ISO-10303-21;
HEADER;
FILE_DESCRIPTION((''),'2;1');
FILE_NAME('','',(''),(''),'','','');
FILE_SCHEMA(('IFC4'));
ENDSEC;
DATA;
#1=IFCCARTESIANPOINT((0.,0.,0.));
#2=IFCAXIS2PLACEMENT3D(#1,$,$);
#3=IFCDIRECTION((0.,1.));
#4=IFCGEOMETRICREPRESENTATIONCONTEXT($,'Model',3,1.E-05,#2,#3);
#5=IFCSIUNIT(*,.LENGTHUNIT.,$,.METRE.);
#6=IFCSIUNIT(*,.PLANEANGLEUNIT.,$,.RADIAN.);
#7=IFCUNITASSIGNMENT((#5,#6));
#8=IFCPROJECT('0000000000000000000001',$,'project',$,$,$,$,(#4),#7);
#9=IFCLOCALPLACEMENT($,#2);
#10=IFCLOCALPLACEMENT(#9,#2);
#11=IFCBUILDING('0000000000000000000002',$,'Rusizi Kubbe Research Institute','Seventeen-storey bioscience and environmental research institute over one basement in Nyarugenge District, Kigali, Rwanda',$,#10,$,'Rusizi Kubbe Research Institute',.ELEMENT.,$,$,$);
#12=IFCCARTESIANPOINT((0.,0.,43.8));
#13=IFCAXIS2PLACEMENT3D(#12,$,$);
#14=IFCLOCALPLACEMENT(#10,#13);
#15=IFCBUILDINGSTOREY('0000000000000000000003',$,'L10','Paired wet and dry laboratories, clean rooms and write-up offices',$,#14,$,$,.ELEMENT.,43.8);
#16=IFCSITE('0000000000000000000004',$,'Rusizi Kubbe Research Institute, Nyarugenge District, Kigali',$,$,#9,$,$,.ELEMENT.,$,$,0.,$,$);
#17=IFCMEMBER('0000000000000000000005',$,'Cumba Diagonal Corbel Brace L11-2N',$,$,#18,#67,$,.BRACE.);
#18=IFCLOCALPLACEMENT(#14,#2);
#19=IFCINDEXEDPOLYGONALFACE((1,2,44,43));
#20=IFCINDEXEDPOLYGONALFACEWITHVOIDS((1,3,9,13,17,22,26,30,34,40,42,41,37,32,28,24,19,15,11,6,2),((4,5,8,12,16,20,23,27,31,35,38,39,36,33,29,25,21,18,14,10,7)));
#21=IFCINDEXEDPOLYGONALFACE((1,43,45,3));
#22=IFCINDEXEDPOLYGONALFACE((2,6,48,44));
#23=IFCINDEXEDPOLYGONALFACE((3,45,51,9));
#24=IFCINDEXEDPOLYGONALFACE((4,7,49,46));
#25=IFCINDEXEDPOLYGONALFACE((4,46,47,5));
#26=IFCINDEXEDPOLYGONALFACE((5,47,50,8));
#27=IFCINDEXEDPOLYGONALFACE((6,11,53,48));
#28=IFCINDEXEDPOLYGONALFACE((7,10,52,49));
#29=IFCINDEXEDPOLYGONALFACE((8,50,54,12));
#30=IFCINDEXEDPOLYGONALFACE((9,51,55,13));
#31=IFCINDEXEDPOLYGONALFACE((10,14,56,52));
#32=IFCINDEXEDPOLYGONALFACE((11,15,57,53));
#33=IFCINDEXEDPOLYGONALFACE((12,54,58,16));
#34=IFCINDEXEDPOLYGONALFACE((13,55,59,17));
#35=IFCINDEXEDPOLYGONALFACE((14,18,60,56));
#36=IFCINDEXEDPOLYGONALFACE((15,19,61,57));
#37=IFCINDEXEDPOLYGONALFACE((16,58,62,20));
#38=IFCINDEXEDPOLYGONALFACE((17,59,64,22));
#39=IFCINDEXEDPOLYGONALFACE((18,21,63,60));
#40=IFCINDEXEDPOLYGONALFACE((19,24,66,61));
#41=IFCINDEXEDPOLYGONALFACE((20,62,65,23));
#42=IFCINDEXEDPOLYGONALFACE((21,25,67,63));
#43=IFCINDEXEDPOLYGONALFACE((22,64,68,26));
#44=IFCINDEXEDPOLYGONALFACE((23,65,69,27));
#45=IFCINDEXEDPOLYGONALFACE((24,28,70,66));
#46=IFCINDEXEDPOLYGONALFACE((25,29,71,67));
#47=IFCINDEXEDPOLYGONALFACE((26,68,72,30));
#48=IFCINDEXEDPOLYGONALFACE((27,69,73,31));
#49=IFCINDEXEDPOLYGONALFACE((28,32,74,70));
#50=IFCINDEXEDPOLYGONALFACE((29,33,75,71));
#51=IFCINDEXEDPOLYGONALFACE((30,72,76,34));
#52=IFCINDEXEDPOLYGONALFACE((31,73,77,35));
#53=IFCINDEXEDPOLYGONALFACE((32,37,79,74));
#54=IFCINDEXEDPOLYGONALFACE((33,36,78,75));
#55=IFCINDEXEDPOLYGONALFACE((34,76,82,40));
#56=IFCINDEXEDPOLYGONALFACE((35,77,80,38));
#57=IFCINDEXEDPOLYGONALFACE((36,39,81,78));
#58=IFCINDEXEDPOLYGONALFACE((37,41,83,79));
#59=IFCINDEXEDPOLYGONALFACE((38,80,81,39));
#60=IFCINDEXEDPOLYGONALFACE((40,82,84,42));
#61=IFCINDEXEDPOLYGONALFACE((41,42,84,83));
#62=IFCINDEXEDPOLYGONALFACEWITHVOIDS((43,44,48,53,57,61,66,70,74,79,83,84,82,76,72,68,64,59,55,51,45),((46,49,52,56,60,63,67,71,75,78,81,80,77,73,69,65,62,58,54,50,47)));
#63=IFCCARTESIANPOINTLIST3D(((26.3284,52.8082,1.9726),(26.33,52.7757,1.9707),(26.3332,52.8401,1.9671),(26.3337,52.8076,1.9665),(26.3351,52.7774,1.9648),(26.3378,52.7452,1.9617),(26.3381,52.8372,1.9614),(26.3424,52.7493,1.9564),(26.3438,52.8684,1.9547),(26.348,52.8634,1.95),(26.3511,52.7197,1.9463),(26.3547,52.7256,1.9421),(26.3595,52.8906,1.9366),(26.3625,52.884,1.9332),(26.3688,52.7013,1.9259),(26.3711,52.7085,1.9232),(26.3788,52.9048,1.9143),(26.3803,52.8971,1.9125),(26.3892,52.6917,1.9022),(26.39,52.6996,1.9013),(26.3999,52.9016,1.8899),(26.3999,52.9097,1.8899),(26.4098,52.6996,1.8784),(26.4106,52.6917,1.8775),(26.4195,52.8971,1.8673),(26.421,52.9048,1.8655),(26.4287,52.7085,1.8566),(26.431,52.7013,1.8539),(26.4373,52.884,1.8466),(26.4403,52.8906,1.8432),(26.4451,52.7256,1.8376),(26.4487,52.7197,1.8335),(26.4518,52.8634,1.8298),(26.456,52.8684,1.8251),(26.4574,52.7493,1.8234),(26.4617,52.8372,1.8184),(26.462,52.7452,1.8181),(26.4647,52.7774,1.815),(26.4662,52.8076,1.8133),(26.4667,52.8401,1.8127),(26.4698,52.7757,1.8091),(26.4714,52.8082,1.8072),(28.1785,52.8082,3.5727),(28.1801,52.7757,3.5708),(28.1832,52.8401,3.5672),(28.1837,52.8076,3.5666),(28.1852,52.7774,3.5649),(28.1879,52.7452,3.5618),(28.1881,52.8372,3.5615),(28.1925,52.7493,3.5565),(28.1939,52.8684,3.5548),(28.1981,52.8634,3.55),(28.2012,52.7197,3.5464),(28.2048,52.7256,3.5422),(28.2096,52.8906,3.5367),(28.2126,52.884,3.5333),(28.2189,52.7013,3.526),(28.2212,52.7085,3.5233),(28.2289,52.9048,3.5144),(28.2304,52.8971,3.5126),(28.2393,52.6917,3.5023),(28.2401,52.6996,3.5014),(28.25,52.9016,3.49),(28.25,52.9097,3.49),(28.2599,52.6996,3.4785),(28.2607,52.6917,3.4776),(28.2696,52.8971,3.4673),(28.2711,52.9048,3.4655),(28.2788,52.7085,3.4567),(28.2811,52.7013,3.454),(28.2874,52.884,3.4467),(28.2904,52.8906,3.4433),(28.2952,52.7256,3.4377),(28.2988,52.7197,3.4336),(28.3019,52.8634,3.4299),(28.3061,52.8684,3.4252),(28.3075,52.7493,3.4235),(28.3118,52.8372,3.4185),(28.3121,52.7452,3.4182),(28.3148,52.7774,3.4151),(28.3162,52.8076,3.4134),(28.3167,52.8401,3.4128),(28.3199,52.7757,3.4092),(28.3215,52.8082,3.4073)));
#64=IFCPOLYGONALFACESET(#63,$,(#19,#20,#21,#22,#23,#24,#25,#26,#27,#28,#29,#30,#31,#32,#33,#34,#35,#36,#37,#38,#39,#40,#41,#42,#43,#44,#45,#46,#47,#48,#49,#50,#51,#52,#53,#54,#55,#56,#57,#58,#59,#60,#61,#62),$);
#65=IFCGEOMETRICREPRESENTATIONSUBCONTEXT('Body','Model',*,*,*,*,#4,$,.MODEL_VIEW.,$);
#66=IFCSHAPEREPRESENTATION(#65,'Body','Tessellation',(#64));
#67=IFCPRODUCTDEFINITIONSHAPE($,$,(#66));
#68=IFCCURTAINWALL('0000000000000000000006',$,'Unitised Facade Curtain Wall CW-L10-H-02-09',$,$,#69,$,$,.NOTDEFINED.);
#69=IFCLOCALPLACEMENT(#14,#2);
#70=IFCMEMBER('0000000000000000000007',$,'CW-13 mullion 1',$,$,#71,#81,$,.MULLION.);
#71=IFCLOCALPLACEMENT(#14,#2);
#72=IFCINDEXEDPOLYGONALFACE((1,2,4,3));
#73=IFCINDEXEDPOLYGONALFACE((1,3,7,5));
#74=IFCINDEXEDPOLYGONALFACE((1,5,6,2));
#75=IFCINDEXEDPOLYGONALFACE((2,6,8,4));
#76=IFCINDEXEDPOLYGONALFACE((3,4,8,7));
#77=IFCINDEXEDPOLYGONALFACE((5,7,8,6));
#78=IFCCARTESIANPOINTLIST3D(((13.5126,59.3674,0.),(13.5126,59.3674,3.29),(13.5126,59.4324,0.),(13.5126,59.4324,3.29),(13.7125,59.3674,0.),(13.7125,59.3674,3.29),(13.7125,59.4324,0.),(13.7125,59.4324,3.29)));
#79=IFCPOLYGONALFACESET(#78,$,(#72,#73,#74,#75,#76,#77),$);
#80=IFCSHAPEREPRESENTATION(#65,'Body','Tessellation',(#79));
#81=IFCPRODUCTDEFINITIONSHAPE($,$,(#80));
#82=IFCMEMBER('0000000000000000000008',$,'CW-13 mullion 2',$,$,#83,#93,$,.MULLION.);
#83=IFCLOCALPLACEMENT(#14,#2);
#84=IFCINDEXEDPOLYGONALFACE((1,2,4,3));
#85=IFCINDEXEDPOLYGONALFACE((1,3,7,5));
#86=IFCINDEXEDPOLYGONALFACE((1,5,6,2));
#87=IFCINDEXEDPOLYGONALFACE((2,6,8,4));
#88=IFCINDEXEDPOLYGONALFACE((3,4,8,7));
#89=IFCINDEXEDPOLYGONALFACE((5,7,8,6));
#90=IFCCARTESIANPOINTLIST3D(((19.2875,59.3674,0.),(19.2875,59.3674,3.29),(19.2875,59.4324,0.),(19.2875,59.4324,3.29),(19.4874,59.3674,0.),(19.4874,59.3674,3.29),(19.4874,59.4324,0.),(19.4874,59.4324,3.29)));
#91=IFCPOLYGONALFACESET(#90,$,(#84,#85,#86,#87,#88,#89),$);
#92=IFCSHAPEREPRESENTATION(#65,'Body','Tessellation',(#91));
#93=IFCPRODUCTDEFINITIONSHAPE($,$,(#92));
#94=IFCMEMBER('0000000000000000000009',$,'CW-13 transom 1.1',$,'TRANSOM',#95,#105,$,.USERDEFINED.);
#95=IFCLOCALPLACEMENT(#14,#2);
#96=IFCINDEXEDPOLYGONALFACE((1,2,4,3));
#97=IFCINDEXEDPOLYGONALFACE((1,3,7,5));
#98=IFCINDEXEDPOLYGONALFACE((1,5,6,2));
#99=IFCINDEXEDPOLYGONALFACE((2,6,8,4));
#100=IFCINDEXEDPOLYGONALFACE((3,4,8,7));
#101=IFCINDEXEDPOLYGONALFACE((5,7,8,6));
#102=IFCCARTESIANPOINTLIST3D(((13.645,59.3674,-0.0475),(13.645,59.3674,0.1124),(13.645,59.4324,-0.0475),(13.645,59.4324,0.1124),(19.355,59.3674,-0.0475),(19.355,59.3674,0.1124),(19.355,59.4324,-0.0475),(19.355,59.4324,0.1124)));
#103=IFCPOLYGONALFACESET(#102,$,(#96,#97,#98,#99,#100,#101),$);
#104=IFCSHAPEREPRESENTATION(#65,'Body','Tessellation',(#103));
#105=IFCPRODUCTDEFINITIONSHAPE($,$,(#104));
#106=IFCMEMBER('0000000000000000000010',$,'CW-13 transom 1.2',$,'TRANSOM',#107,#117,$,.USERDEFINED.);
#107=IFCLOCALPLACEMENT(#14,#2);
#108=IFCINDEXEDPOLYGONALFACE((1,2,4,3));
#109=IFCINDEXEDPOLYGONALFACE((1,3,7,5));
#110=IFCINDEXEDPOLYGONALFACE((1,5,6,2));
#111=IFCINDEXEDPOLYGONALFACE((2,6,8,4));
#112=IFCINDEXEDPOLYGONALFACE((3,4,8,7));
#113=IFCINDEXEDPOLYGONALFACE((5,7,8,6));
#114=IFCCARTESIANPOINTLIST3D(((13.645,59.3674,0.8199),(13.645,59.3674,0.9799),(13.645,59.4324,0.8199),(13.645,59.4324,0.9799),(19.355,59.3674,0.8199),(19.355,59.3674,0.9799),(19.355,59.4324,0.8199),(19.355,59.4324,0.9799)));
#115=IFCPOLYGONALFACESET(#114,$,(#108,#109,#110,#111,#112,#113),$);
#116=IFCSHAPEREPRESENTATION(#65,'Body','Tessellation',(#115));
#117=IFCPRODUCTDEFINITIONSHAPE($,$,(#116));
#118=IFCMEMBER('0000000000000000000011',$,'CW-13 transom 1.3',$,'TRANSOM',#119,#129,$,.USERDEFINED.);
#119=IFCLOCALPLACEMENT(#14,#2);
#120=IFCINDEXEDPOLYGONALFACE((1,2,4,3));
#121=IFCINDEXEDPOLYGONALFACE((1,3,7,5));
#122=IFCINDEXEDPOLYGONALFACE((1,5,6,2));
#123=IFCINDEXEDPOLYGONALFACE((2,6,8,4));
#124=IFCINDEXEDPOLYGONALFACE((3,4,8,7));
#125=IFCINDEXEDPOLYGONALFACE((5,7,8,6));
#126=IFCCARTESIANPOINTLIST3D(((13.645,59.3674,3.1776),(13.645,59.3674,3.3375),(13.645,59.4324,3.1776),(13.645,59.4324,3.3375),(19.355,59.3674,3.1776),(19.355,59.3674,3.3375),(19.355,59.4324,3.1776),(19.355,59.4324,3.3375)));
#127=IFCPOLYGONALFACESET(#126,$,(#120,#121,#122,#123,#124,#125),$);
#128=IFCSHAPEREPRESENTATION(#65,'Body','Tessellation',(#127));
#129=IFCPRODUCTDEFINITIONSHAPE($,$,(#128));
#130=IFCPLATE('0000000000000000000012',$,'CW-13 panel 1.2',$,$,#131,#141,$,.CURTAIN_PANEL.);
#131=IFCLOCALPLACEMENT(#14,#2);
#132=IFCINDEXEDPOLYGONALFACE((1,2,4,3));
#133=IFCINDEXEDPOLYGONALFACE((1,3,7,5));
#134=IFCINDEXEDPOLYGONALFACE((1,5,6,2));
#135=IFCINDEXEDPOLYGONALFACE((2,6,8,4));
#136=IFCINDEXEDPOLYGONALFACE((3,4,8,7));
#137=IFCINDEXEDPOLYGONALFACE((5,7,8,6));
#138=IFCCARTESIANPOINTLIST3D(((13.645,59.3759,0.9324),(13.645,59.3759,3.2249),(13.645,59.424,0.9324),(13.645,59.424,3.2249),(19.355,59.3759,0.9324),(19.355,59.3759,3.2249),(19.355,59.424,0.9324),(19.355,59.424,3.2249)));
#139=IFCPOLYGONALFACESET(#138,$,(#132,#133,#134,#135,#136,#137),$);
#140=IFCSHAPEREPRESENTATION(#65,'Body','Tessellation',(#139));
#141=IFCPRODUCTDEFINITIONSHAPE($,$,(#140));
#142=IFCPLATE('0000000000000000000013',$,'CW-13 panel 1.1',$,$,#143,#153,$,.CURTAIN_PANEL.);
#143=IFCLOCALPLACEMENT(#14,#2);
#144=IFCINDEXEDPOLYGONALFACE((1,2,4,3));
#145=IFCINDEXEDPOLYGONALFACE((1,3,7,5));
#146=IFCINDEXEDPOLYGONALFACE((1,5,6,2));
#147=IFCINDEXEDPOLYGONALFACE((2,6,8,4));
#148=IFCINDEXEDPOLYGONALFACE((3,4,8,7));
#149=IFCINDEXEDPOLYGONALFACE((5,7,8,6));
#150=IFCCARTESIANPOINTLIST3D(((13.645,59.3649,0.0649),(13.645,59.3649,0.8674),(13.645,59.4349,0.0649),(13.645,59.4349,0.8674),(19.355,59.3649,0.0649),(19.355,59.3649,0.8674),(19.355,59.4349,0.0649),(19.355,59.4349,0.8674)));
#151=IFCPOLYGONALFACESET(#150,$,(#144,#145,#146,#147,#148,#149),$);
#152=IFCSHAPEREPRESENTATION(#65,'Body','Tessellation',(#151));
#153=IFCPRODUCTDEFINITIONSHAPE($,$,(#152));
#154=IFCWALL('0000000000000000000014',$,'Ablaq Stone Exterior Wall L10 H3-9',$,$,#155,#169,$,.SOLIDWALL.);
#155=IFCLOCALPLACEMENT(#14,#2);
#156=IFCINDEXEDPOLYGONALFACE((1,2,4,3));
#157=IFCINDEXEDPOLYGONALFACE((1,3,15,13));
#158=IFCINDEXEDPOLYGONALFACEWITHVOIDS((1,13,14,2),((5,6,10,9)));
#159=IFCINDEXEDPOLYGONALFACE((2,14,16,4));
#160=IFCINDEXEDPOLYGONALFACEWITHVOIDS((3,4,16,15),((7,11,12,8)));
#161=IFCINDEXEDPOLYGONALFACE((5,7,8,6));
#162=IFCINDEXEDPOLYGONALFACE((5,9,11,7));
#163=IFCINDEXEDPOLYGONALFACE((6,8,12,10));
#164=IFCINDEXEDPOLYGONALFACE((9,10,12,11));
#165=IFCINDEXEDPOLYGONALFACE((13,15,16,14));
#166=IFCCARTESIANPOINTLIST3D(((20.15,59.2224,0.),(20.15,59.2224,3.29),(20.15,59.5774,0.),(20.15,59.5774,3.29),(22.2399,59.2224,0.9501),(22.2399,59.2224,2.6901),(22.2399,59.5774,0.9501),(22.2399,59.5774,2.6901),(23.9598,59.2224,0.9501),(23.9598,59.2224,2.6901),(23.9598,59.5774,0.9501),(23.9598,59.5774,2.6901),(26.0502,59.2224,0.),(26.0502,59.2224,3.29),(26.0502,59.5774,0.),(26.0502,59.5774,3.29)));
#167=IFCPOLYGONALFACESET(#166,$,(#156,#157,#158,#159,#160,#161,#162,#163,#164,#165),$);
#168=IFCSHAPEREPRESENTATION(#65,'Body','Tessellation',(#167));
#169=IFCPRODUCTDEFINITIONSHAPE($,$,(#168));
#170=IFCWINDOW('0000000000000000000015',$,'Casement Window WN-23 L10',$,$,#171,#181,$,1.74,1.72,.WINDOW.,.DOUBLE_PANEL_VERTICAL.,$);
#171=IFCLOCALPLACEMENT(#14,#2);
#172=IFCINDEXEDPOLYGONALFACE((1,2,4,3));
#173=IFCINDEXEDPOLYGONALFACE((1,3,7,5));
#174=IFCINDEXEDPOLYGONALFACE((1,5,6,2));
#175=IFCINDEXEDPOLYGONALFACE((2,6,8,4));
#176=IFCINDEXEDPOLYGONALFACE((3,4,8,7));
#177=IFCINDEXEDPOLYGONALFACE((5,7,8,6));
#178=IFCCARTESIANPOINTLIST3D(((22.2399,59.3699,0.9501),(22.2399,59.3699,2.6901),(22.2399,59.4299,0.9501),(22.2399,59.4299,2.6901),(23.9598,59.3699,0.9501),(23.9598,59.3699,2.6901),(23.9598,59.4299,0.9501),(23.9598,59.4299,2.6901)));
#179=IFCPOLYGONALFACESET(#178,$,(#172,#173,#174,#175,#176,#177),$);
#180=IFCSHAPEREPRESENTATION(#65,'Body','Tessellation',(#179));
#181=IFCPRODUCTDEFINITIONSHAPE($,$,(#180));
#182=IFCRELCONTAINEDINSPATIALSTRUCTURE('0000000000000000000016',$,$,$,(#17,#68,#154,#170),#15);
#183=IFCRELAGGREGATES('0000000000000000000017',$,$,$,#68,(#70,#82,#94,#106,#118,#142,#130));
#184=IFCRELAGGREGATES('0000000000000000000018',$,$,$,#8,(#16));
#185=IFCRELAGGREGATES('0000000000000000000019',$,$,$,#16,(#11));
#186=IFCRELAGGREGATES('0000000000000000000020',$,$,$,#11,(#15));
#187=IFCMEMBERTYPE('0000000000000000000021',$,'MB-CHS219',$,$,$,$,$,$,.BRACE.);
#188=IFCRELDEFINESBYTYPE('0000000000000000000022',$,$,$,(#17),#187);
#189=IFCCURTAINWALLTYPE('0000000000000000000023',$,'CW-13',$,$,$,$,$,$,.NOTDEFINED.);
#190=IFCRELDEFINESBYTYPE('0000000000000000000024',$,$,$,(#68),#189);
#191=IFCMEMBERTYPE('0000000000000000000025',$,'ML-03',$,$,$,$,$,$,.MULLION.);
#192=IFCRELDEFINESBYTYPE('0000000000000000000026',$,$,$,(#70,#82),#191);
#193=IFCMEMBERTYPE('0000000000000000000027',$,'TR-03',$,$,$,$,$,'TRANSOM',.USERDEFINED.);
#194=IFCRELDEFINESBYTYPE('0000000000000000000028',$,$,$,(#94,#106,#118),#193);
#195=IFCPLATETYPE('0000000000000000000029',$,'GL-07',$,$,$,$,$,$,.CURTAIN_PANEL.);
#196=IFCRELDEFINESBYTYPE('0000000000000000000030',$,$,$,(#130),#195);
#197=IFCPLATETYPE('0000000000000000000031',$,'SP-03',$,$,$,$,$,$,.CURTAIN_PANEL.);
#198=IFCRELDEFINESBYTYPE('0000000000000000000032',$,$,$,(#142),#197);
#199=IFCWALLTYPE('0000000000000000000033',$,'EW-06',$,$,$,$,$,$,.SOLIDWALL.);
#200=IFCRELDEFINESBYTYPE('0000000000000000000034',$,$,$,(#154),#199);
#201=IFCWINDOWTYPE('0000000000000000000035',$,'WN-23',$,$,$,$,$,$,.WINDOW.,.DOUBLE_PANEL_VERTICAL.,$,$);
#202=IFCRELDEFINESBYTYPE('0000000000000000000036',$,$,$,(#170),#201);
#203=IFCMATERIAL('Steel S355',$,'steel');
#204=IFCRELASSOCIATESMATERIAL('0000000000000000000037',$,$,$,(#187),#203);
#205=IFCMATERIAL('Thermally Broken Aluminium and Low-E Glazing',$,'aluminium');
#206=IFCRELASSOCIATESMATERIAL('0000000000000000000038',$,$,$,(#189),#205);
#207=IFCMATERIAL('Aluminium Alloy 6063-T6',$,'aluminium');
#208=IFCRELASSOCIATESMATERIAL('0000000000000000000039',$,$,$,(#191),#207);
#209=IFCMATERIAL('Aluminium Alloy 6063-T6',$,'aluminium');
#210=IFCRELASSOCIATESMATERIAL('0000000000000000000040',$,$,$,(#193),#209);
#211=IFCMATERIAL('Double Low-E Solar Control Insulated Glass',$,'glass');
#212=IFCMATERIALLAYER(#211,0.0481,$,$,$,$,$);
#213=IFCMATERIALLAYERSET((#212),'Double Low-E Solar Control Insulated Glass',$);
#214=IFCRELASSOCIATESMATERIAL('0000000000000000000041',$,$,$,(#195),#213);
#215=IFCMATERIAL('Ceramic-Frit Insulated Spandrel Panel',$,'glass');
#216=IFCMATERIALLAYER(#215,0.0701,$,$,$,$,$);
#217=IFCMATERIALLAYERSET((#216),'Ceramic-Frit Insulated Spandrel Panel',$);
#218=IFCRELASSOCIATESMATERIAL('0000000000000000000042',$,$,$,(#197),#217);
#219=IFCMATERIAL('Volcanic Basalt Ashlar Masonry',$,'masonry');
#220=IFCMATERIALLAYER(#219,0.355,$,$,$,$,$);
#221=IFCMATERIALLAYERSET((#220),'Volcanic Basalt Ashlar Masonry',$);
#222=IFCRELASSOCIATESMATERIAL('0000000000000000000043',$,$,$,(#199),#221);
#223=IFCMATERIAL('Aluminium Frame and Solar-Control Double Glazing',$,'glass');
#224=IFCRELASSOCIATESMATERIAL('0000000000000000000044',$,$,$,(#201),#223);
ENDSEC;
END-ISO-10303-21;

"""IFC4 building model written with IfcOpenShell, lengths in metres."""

from ifc_helpers import new_model, si_unit, direction, frame, frame_2d, origin, origin_2d, place, context, subcontext, project, spatial, rectangle, hollow_circle, extrude, material, layer, layer_set, material_profile, profile_set, type_object, element, fill, aggregate, save


model = new_model("IFC4")

# Units and contexts
model_context = context("Model", 3, precision=1e-05, world=origin(), true_north=direction((0.0, 1.0)))
body_context = subcontext(model_context, "Body", "Model", "MODEL_VIEW")
ifc_project = project(units=[si_unit("LENGTHUNIT", "METRE"), si_unit("PLANEANGLEUNIT", "RADIAN")], contexts=[model_context])

# Site, building, storey
site_placement = place(None, origin())
site = spatial("IfcSite", under=ifc_project, at=site_placement, Name="Rusizi Kubbe Research Institute, Nyarugenge District, Kigali", CompositionType="ELEMENT", RefElevation=0.0)
building_placement = place(site_placement, origin())
building = spatial("IfcBuilding", under=site, at=building_placement, Name="Rusizi Kubbe Research Institute", Description="Seventeen-storey bioscience and environmental research institute over one basement in Nyarugenge District, Kigali, Rwanda", LongName="Rusizi Kubbe Research Institute", CompositionType="ELEMENT")
storey_placement = place(building_placement, frame((0.0, 0.0, 43.8)))
storey = spatial("IfcBuildingStorey", under=building, at=storey_placement, Name="L10", Description="Paired wet and dry laboratories, clean rooms and write-up offices", CompositionType="ELEMENT", Elevation=43.8)

# Member
ifc_material_1 = material(Name="Steel S355", Category="steel")
ifc_material_profile_1 = material_profile(ifc_material_1, hollow_circle(Radius=0.1096, WallThickness=0.0081, at=origin_2d()), Name="CHS 219.1x8.0")
ifc_profile_set_1 = profile_set([ifc_material_profile_1], Name="Steel S355")
member_type_1 = type_object("IfcMemberType", Name="MB-CHS219", PredefinedType="BRACE", material=ifc_profile_set_1)
member_1_placement = place(storey_placement, frame((26.3999, 52.8, 1.8899), z_axis=(0.756361, 0.0, 0.654155), x_axis=(0.0, 1.0, 0.0)))
element("IfcMember", 1, at=member_1_placement, inside=storey, type_object=member_type_1, Name="Cumba Diagonal Corbel Brace L11-2N", PredefinedType="BRACE", context=body_context, shape_type="SweptSolid", body=[
    extrude(hollow_circle(Radius=0.1096, WallThickness=0.0081, at=origin_2d()), origin(), (0.0, 0.0, 1.0), 2.446),
])

# Curtain wall, members, plates
ifc_material_2 = material(Name="Thermally Broken Aluminium and Low-E Glazing", Category="aluminium")
curtain_wall_type = type_object("IfcCurtainWallType", Name="CW-13", PredefinedType="NOTDEFINED", material=ifc_material_2)
curtain_wall_placement = place(storey_placement, origin())
curtain_wall = element("IfcCurtainWall", 2, at=curtain_wall_placement, inside=storey, type_object=curtain_wall_type, Name="Unitised Facade Curtain Wall CW-L10-H-02-09", PredefinedType="NOTDEFINED")
ifc_material_3 = material(Name="Aluminium Alloy 6063-T6", Category="aluminium")
ifc_material_profile_2 = material_profile(ifc_material_3, rectangle(XDim=0.0649, YDim=0.2, at=origin_2d()), Name="ALU-M 65x200")
ifc_profile_set_2 = profile_set([ifc_material_profile_2], Name="Aluminium Alloy 6063-T6")
member_type_2 = type_object("IfcMemberType", Name="ML-03", PredefinedType="MULLION", material=ifc_profile_set_2)
member_2_placement = place(storey_placement, frame((13.6125, 59.3999, 0.0), z_axis=(0.0, 0.0, 1.0), x_axis=(0.0, 1.0, 0.0)))
member_2 = element("IfcMember", 3, at=member_2_placement, type_object=member_type_2, Name="CW-13 mullion 1", PredefinedType="MULLION", context=body_context, shape_type="SweptSolid", body=[
    extrude(rectangle(XDim=0.0649, YDim=0.2, at=origin_2d()), origin(), (0.0, 0.0, 1.0), 3.29),
])
member_3_placement = place(storey_placement, frame((19.3875, 59.3999, 0.0), z_axis=(0.0, 0.0, 1.0), x_axis=(0.0, 1.0, 0.0)))
member_3 = element("IfcMember", 4, at=member_3_placement, type_object=member_type_2, Name="CW-13 mullion 2", PredefinedType="MULLION", context=body_context, shape_type="SweptSolid", body=[
    extrude(rectangle(XDim=0.0649, YDim=0.2, at=origin_2d()), origin(), (0.0, 0.0, 1.0), 3.29),
])
ifc_material_4 = material(Name="Aluminium Alloy 6063-T6", Category="aluminium")
ifc_material_profile_3 = material_profile(ifc_material_4, rectangle(XDim=0.0649, YDim=0.1599, at=origin_2d()), Name="ALU-T 65x160")
ifc_profile_set_3 = profile_set([ifc_material_profile_3], Name="Aluminium Alloy 6063-T6")
member_type_3 = type_object("IfcMemberType", Name="TR-03", ElementType="TRANSOM", PredefinedType="USERDEFINED", material=ifc_profile_set_3)
member_4_placement = place(storey_placement, frame((13.645, 59.3999, 0.0325), z_axis=(1.0, 0.0, 0.0), x_axis=(0.0, 1.0, 0.0)))
member_4 = element("IfcMember", 5, at=member_4_placement, type_object=member_type_3, Name="CW-13 transom 1.1", ObjectType="TRANSOM", PredefinedType="USERDEFINED", context=body_context, shape_type="SweptSolid", body=[
    extrude(rectangle(XDim=0.0649, YDim=0.1599, at=origin_2d()), origin(), (0.0, 0.0, 1.0), 5.71),
])
member_5_placement = place(storey_placement, frame((13.645, 59.3999, 0.8999), z_axis=(1.0, 0.0, 0.0), x_axis=(0.0, 1.0, 0.0)))
member_5 = element("IfcMember", 6, at=member_5_placement, type_object=member_type_3, Name="CW-13 transom 1.2", ObjectType="TRANSOM", PredefinedType="USERDEFINED", context=body_context, shape_type="SweptSolid", body=[
    extrude(rectangle(XDim=0.0649, YDim=0.1599, at=origin_2d()), origin(), (0.0, 0.0, 1.0), 5.71),
])
member_6_placement = place(storey_placement, frame((13.645, 59.3999, 3.2576), z_axis=(1.0, 0.0, 0.0), x_axis=(0.0, 1.0, 0.0)))
member_6 = element("IfcMember", 7, at=member_6_placement, type_object=member_type_3, Name="CW-13 transom 1.3", ObjectType="TRANSOM", PredefinedType="USERDEFINED", context=body_context, shape_type="SweptSolid", body=[
    extrude(rectangle(XDim=0.0649, YDim=0.1599, at=origin_2d()), origin(), (0.0, 0.0, 1.0), 5.71),
])
ifc_material_5 = material(Name="Double Low-E Solar Control Insulated Glass", Category="glass")
ifc_layer_1 = layer(ifc_material_5, 0.0481)
ifc_layer_set_1 = layer_set([ifc_layer_1], Name="Double Low-E Solar Control Insulated Glass")
plate_type_1 = type_object("IfcPlateType", Name="GL-07", PredefinedType="CURTAIN_PANEL", material=ifc_layer_set_1)
plate_1_placement = place(storey_placement, frame((16.5, 59.3999, 0.9324), z_axis=(0.0, 0.0, 1.0), x_axis=(1.0, 0.0, 0.0)))
plate_1 = element("IfcPlate", 8, at=plate_1_placement, type_object=plate_type_1, Name="CW-13 panel 1.2", PredefinedType="CURTAIN_PANEL", context=body_context, shape_type="SweptSolid", body=[
    extrude(rectangle(XDim=5.71, YDim=0.0481, at=origin_2d()), origin(), (0.0, 0.0, 1.0), 2.2925),
])
ifc_material_6 = material(Name="Ceramic-Frit Insulated Spandrel Panel", Category="glass")
ifc_layer_2 = layer(ifc_material_6, 0.0701)
ifc_layer_set_2 = layer_set([ifc_layer_2], Name="Ceramic-Frit Insulated Spandrel Panel")
plate_type_2 = type_object("IfcPlateType", Name="SP-03", PredefinedType="CURTAIN_PANEL", material=ifc_layer_set_2)
plate_2_placement = place(storey_placement, frame((16.5, 59.3999, 0.0649), z_axis=(0.0, 0.0, 1.0), x_axis=(1.0, 0.0, 0.0)))
plate_2 = element("IfcPlate", 9, at=plate_2_placement, type_object=plate_type_2, Name="CW-13 panel 1.1", PredefinedType="CURTAIN_PANEL", context=body_context, shape_type="SweptSolid", body=[
    extrude(rectangle(XDim=5.71, YDim=0.0701, at=origin_2d()), origin(), (0.0, 0.0, 1.0), 0.8025),
])
aggregate(curtain_wall, [member_2, member_3, member_4, member_5, member_6, plate_2, plate_1])

# Wall, opening, window
ifc_material_7 = material(Name="Volcanic Basalt Ashlar Masonry", Category="masonry")
ifc_layer_3 = layer(ifc_material_7, 0.355)
ifc_layer_set_3 = layer_set([ifc_layer_3], Name="Volcanic Basalt Ashlar Masonry")
wall_type_1 = type_object("IfcWallType", Name="EW-06", PredefinedType="SOLIDWALL", material=ifc_layer_set_3)
wall_1_placement = place(storey_placement, frame((20.1499, 59.3999, 0.0), z_axis=(0.0, 0.0, 1.0), x_axis=(1.0, 0.0, 0.0)))
wall_1 = element("IfcWall", 10, at=wall_1_placement, inside=storey, type_object=wall_type_1, Name="Ablaq Stone Exterior Wall L10 H3-9", PredefinedType="SOLIDWALL", context=body_context, shape_type="SweptSolid", body=[
    extrude(rectangle(XDim=5.9001, YDim=0.355, at=frame_2d((2.9502, 0.0))), origin(), (0.0, 0.0, 1.0), 3.29),
])
opening_1_placement = place(wall_1_placement, frame((2.0901, 0.0, 0.95)))
opening_1 = element("IfcOpeningElement", 11, at=opening_1_placement, cuts=wall_1, PredefinedType="OPENING", context=body_context, shape_type="SweptSolid", body=[
    extrude(rectangle(XDim=1.72, YDim=1.74, at=frame_2d((0.8599, 0.8701))), frame((0.0, 0.1875, 0.0), z_axis=(0.0, -1.0, 0.0), x_axis=(1.0, 0.0, 0.0)), (0.0, 0.0, 1.0), 0.375),
])
ifc_material_8 = material(Name="Aluminium Frame and Solar-Control Double Glazing", Category="glass")
window_type_1 = type_object("IfcWindowType", Name="WN-23", PartitioningType="DOUBLE_PANEL_VERTICAL", PredefinedType="WINDOW", material=ifc_material_8)
window_1_placement = place(opening_1_placement, origin())
window_1 = element("IfcWindow", 12, at=window_1_placement, inside=storey, type_object=window_type_1, Name="Casement Window WN-23 L10", OverallHeight=1.74, OverallWidth=1.72, PartitioningType="DOUBLE_PANEL_VERTICAL", PredefinedType="WINDOW", context=body_context, shape_type="SweptSolid", body=[
    extrude(rectangle(XDim=1.72, YDim=1.74, at=frame_2d((0.8599, 0.8701))), frame((0.0, 0.03, 0.0), z_axis=(0.0, -1.0, 0.0), x_axis=(1.0, 0.0, 0.0)), (0.0, 0.0, 1.0), 0.0601),
])
fill(opening_1, window_1)

save(model, "model.ifc")
